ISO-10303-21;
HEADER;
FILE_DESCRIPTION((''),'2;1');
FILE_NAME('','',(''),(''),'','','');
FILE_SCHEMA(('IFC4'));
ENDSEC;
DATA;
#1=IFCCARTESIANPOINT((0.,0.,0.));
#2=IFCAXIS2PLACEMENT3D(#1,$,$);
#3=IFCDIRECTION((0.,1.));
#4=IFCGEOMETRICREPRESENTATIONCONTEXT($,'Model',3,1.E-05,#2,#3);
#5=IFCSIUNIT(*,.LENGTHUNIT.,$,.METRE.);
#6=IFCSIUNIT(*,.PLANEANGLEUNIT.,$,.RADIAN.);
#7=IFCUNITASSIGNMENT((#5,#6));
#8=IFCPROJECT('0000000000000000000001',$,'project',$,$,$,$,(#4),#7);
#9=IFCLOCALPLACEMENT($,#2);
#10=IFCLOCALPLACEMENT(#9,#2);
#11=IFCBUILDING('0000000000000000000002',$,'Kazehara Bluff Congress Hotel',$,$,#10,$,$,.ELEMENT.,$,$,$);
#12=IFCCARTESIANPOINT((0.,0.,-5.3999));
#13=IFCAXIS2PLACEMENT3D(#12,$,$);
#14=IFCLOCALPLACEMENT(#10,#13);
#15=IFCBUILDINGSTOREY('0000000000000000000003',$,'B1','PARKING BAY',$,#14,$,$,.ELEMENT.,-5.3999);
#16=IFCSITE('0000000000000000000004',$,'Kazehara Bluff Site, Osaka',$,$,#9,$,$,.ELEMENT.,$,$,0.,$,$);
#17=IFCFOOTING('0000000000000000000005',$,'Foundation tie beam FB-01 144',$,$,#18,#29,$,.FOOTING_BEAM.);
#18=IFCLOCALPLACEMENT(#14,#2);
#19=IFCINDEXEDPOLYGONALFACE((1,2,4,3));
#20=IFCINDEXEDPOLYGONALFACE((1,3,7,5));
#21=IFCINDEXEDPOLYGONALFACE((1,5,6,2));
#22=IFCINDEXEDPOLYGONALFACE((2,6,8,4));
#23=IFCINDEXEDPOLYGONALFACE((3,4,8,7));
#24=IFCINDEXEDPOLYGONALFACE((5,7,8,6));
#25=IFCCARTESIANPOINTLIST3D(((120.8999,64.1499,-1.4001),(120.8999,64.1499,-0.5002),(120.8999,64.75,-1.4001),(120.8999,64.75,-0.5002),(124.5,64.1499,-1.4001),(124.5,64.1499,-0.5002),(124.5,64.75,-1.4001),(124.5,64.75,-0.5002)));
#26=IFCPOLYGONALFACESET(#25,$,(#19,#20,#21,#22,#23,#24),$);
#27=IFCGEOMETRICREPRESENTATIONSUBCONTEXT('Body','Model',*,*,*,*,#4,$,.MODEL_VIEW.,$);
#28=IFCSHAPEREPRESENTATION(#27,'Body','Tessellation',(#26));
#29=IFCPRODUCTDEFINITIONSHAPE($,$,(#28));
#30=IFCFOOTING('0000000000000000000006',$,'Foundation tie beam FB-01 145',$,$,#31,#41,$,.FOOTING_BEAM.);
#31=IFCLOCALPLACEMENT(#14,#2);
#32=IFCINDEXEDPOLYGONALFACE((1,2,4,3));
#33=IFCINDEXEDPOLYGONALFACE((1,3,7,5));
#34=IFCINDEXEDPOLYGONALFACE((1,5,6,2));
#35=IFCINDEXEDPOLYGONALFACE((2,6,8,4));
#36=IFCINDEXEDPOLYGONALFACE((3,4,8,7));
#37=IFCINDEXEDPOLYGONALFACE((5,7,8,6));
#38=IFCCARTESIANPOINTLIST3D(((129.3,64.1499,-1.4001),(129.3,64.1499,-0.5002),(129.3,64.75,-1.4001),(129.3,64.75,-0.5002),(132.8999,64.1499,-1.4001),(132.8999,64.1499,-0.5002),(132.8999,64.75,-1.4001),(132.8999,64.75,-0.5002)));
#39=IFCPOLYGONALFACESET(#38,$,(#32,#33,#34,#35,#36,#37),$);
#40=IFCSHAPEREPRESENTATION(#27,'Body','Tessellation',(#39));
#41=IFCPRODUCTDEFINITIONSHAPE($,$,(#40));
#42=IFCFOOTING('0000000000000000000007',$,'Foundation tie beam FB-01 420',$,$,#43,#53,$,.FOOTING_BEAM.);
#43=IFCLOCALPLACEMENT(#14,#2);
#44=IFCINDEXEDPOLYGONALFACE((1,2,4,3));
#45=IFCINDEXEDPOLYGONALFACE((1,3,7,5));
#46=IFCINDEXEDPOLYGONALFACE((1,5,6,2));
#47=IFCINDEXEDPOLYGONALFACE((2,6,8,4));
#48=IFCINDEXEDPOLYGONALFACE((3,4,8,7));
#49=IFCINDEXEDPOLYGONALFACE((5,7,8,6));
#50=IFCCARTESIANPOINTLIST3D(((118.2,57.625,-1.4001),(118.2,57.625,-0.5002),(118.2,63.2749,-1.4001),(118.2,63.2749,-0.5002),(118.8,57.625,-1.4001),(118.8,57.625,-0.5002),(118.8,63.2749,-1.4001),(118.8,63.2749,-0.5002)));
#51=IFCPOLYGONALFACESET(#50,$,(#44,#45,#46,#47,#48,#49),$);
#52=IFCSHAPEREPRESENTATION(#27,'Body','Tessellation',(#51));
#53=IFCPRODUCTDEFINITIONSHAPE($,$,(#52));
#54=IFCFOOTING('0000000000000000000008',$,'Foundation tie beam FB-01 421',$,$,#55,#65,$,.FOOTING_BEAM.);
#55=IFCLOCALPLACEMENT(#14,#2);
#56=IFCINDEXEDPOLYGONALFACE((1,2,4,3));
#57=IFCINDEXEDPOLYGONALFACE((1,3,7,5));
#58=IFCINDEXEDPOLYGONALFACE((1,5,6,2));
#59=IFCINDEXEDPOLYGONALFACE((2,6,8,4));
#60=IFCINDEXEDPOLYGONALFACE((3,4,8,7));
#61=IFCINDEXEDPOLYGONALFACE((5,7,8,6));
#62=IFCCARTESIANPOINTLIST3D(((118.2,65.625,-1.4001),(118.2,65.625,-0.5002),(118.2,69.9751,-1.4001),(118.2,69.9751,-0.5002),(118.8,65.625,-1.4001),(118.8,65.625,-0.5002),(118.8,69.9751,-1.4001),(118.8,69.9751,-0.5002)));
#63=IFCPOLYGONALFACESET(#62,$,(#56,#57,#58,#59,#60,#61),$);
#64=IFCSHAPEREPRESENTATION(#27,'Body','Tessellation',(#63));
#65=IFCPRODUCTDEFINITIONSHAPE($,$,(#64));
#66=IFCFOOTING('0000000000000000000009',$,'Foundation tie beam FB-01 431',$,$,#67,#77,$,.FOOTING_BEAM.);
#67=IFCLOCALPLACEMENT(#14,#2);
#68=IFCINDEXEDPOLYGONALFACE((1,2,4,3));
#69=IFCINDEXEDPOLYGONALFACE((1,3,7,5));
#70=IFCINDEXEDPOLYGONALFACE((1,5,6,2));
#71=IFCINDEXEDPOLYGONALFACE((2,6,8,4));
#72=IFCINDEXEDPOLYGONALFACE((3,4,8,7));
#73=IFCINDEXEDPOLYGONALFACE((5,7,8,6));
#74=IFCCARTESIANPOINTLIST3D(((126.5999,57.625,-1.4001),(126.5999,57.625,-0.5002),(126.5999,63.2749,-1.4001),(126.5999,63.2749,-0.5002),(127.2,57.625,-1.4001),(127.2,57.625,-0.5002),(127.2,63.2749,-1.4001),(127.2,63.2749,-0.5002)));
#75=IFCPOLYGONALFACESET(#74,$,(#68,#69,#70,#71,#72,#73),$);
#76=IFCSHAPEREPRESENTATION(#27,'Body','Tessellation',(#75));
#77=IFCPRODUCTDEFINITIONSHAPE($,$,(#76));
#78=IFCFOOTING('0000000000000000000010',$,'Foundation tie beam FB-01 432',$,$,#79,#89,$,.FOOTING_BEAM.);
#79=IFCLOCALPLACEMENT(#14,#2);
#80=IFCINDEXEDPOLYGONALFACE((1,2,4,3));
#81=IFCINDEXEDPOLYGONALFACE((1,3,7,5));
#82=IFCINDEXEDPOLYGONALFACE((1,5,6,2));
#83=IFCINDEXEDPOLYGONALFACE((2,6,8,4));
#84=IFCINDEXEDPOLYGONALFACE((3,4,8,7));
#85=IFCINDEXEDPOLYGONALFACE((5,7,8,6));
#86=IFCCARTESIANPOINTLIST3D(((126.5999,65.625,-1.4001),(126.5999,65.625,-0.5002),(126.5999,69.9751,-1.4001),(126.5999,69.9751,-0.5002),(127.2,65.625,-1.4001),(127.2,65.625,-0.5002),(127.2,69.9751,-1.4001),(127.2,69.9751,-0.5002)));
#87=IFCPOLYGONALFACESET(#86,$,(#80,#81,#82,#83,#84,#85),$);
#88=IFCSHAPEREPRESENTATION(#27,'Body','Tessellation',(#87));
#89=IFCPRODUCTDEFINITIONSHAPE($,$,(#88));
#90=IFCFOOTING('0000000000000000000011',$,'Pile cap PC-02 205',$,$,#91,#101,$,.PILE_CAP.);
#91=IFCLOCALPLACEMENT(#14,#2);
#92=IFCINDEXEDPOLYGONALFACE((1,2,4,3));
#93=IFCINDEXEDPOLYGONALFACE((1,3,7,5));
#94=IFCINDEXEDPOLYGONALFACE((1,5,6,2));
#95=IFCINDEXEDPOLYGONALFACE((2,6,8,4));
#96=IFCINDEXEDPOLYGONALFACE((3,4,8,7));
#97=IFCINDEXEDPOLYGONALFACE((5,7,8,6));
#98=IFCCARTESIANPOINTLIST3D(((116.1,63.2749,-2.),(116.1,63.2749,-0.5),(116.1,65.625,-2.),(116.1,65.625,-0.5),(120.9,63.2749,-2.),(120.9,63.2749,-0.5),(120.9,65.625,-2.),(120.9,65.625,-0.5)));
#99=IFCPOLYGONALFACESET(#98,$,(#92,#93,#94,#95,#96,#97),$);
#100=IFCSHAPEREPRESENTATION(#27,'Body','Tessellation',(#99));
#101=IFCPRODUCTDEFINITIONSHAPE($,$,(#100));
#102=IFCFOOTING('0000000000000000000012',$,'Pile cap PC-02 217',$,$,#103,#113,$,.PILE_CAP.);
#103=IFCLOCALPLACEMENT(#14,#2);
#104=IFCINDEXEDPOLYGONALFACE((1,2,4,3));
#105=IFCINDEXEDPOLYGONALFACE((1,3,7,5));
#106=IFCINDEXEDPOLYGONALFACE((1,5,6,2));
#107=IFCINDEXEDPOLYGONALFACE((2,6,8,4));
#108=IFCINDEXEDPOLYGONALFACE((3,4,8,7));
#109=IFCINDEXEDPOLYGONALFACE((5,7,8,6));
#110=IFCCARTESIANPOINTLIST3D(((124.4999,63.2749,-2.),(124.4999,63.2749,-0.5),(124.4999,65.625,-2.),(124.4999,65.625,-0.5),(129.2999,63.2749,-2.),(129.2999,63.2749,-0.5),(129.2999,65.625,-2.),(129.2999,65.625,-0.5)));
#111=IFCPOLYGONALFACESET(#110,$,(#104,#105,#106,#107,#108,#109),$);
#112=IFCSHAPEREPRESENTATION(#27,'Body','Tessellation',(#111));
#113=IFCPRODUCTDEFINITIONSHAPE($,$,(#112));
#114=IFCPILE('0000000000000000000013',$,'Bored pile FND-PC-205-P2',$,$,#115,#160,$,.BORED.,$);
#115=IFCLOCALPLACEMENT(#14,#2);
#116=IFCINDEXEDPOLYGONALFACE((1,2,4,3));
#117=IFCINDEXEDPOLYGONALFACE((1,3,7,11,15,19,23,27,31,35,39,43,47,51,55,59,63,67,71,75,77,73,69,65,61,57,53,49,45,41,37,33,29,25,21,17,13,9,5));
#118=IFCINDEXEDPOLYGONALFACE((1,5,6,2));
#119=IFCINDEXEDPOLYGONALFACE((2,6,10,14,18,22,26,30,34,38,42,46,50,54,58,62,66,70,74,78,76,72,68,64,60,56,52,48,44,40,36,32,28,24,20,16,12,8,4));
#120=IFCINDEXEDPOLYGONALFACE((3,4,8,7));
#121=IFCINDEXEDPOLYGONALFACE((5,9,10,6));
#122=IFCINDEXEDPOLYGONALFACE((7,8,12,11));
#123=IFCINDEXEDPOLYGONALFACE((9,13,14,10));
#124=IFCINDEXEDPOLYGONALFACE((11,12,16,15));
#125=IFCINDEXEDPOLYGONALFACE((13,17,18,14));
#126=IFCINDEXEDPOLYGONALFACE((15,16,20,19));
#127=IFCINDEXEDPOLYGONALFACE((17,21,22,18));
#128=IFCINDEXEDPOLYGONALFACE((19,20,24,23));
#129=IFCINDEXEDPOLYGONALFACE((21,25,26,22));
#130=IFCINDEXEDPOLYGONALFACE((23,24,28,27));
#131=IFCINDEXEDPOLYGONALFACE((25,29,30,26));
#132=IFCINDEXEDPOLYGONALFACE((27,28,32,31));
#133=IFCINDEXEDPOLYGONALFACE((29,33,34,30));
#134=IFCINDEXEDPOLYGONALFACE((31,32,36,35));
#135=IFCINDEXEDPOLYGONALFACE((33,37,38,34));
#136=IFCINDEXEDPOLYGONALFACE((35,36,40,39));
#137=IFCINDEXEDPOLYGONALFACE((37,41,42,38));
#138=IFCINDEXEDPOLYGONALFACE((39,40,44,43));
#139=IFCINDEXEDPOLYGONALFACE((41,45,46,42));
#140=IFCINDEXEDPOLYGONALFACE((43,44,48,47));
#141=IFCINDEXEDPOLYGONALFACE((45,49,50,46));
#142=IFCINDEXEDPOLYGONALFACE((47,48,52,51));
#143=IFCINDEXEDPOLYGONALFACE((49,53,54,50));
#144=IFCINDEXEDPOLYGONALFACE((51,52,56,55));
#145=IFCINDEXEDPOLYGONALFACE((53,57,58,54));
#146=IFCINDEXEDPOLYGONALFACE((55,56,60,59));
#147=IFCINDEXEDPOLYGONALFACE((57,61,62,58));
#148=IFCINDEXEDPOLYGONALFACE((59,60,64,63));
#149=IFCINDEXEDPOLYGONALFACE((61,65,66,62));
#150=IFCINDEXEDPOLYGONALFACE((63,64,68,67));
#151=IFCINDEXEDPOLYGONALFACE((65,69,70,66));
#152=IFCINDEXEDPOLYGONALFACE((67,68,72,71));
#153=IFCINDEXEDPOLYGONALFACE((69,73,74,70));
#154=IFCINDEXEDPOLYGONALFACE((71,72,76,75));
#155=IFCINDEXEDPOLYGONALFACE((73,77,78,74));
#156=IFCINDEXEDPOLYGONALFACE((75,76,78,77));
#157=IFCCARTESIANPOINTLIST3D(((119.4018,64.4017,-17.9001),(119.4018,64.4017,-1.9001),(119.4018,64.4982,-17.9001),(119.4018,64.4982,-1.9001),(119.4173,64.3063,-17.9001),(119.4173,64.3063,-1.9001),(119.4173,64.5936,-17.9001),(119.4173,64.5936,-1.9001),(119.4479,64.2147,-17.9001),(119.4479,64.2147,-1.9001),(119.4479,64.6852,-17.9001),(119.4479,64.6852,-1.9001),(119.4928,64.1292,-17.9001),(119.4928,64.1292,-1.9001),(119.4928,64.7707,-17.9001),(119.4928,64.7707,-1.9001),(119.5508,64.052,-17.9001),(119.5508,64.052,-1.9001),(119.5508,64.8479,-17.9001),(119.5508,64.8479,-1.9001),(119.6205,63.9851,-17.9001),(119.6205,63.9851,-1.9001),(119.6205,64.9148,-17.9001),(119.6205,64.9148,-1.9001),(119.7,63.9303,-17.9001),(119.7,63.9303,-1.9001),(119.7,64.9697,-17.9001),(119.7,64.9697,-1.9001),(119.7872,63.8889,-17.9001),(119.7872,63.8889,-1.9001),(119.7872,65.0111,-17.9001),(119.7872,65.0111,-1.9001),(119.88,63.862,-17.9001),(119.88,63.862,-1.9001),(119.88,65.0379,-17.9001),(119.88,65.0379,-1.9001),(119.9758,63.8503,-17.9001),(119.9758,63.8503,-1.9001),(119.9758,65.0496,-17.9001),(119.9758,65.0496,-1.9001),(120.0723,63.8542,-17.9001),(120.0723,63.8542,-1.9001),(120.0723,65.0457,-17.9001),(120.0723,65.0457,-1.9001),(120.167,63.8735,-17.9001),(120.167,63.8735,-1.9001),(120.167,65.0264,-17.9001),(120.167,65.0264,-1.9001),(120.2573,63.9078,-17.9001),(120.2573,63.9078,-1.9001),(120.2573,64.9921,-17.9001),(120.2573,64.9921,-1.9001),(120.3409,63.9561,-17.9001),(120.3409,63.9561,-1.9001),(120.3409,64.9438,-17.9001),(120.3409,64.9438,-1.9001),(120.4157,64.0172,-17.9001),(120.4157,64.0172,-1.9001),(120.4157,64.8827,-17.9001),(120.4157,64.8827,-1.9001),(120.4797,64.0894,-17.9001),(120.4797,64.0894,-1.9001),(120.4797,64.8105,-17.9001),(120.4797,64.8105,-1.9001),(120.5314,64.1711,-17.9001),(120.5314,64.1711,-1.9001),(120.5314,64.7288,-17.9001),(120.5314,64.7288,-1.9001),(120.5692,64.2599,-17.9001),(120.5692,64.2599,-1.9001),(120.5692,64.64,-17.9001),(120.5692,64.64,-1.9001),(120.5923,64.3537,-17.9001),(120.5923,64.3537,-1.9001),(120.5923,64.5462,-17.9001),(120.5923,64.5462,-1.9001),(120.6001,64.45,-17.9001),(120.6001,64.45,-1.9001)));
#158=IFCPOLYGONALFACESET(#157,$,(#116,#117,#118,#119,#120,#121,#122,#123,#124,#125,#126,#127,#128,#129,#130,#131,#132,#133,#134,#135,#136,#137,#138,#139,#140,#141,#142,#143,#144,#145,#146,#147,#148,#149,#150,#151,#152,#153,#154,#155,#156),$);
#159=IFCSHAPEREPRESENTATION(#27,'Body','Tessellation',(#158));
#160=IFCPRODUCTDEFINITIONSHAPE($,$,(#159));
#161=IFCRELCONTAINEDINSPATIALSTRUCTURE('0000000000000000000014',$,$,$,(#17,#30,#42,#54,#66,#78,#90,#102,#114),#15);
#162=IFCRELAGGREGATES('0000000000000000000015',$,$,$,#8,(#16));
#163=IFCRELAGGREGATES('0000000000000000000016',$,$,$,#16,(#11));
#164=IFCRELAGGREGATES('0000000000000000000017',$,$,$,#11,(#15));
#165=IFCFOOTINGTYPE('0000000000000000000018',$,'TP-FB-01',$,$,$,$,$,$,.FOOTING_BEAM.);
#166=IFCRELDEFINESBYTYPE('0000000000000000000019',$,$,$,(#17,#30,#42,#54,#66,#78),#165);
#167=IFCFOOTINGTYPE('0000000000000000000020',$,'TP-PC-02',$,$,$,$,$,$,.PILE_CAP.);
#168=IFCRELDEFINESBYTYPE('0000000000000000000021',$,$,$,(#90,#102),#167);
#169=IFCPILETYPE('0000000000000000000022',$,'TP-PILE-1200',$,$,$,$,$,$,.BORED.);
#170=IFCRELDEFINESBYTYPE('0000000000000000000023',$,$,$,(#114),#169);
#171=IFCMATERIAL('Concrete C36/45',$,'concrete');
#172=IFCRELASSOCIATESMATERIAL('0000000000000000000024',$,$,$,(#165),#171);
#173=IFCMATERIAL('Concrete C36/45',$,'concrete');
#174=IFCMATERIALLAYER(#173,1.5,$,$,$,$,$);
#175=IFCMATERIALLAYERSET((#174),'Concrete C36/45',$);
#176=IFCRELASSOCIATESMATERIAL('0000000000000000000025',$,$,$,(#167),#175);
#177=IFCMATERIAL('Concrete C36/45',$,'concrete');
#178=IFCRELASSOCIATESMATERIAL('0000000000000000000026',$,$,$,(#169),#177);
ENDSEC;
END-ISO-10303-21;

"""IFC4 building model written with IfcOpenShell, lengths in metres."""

from ifc_helpers import new_model, si_unit, direction, frame, origin, origin_2d, place, context, subcontext, project, spatial, rectangle, circle, extrude, material, layer, layer_set, material_profile, profile_set, type_object, element, save


model = new_model("IFC4")

# Units and contexts
model_context = context("Model", 3, precision=1e-05, world=origin(), true_north=direction((0.0, 1.0)))
body_context = subcontext(model_context, "Body", "Model", "MODEL_VIEW")
ifc_project = project(units=[si_unit("LENGTHUNIT", "METRE"), si_unit("PLANEANGLEUNIT", "RADIAN")], contexts=[model_context])

# Site, building, storey
site_placement = place(None, origin())
site = spatial("IfcSite", under=ifc_project, at=site_placement, Name="Kazehara Bluff Site, Osaka", CompositionType="ELEMENT", RefElevation=0.0)
building_placement = place(site_placement, origin())
building = spatial("IfcBuilding", under=site, at=building_placement, Name="Kazehara Bluff Congress Hotel", CompositionType="ELEMENT")
storey_placement = place(building_placement, frame((0.0, 0.0, -5.3999)))
storey = spatial("IfcBuildingStorey", under=building, at=storey_placement, Name="B1", Description="PARKING BAY", CompositionType="ELEMENT", Elevation=-5.3999)

# Footings
ifc_material_1 = material(Name="Concrete C36/45", Category="concrete")
ifc_material_profile_1 = material_profile(ifc_material_1, rectangle(XDim=0.6001, YDim=0.8999, at=origin_2d()))
ifc_profile_set_1 = profile_set([ifc_material_profile_1], Name="Concrete C36/45")
footing_type_1 = type_object("IfcFootingType", Name="TP-FB-01", PredefinedType="FOOTING_BEAM", material=ifc_profile_set_1)
footing_1_placement = place(storey_placement, frame((120.8999, 64.45, -0.9502), z_axis=(1.0, 0.0, 0.0), x_axis=(0.0, 1.0, 0.0)))
element("IfcFooting", 1, at=footing_1_placement, inside=storey, type_object=footing_type_1, Name="Foundation tie beam FB-01 144", PredefinedType="FOOTING_BEAM", context=body_context, shape_type="SweptSolid", body=[
    extrude(rectangle(XDim=0.6001, YDim=0.8999, at=origin_2d()), origin(), (0.0, 0.0, 1.0), 3.6001),
])
footing_2_placement = place(storey_placement, frame((129.3, 64.45, -0.9502), z_axis=(1.0, 0.0, 0.0), x_axis=(0.0, 1.0, 0.0)))
element("IfcFooting", 2, at=footing_2_placement, inside=storey, type_object=footing_type_1, Name="Foundation tie beam FB-01 145", PredefinedType="FOOTING_BEAM", context=body_context, shape_type="SweptSolid", body=[
    extrude(rectangle(XDim=0.6001, YDim=0.8999, at=origin_2d()), origin(), (0.0, 0.0, 1.0), 3.5999),
])
footing_3_placement = place(storey_placement, frame((118.5, 57.625, -0.9502), z_axis=(0.0, 1.0, 0.0), x_axis=(-1.0, 0.0, 0.0)))
element("IfcFooting", 3, at=footing_3_placement, inside=storey, type_object=footing_type_1, Name="Foundation tie beam FB-01 420", PredefinedType="FOOTING_BEAM", context=body_context, shape_type="SweptSolid", body=[
    extrude(rectangle(XDim=0.6001, YDim=0.8999, at=origin_2d()), origin(), (0.0, 0.0, 1.0), 5.6499),
])
footing_4_placement = place(storey_placement, frame((118.5, 65.625, -0.9502), z_axis=(0.0, 1.0, 0.0), x_axis=(-1.0, 0.0, 0.0)))
element("IfcFooting", 4, at=footing_4_placement, inside=storey, type_object=footing_type_1, Name="Foundation tie beam FB-01 421", PredefinedType="FOOTING_BEAM", context=body_context, shape_type="SweptSolid", body=[
    extrude(rectangle(XDim=0.6001, YDim=0.8999, at=origin_2d()), origin(), (0.0, 0.0, 1.0), 4.3501),
])
footing_5_placement = place(storey_placement, frame((126.8999, 57.625, -0.9502), z_axis=(0.0, 1.0, 0.0), x_axis=(-1.0, 0.0, 0.0)))
element("IfcFooting", 5, at=footing_5_placement, inside=storey, type_object=footing_type_1, Name="Foundation tie beam FB-01 431", PredefinedType="FOOTING_BEAM", context=body_context, shape_type="SweptSolid", body=[
    extrude(rectangle(XDim=0.6001, YDim=0.8999, at=origin_2d()), origin(), (0.0, 0.0, 1.0), 5.6499),
])
footing_6_placement = place(storey_placement, frame((126.8999, 65.625, -0.9502), z_axis=(0.0, 1.0, 0.0), x_axis=(-1.0, 0.0, 0.0)))
element("IfcFooting", 6, at=footing_6_placement, inside=storey, type_object=footing_type_1, Name="Foundation tie beam FB-01 432", PredefinedType="FOOTING_BEAM", context=body_context, shape_type="SweptSolid", body=[
    extrude(rectangle(XDim=0.6001, YDim=0.8999, at=origin_2d()), origin(), (0.0, 0.0, 1.0), 4.3501),
])
ifc_material_2 = material(Name="Concrete C36/45", Category="concrete")
ifc_layer = layer(ifc_material_2, 1.5)
ifc_layer_set = layer_set([ifc_layer], Name="Concrete C36/45")
footing_type_2 = type_object("IfcFootingType", Name="TP-PC-02", PredefinedType="PILE_CAP", material=ifc_layer_set)
for number, where, z_axis, x_axis, name in (
    (7, (118.5, 64.45, -2.0), (0.0, 0.0, 1.0), (1.0, 0.0, 0.0), "Pile cap PC-02 205"),
    (8, (126.8999, 64.45, -2.0), (0.0, 0.0, 1.0), (1.0, 0.0, 0.0), "Pile cap PC-02 217"),
):
    element("IfcFooting", number, at=place(storey_placement, frame(where, z_axis=z_axis, x_axis=x_axis)), inside=storey, type_object=footing_type_2, Name=name, PredefinedType="PILE_CAP", context=body_context, shape_type="SweptSolid", body=[
        extrude(rectangle(XDim=4.8, YDim=2.3501, at=origin_2d()), origin(), (0.0, 0.0, 1.0), 1.5),
    ])

# Pile
ifc_material_3 = material(Name="Concrete C36/45", Category="concrete")
ifc_material_profile_2 = material_profile(ifc_material_3, circle(Radius=0.6001, at=origin_2d()))
ifc_profile_set_2 = profile_set([ifc_material_profile_2], Name="Concrete C36/45")
pile_type = type_object("IfcPileType", Name="TP-PILE-1200", PredefinedType="BORED", material=ifc_profile_set_2)
for number, where, z_axis, x_axis, name in (
    (9, (120.0, 64.45, -1.9001), (0.0, 0.0, -1.0), (1.0, 0.0, 0.0), "Bored pile FND-PC-205-P2"),
):
    element("IfcPile", number, at=place(storey_placement, frame(where, z_axis=z_axis, x_axis=x_axis)), inside=storey, type_object=pile_type, Name=name, PredefinedType="BORED", context=body_context, shape_type="SweptSolid", body=[
        extrude(circle(Radius=0.6001, at=origin_2d()), origin(), (0.0, 0.0, 1.0), 16.0),
    ])

save(model, "model.ifc")
